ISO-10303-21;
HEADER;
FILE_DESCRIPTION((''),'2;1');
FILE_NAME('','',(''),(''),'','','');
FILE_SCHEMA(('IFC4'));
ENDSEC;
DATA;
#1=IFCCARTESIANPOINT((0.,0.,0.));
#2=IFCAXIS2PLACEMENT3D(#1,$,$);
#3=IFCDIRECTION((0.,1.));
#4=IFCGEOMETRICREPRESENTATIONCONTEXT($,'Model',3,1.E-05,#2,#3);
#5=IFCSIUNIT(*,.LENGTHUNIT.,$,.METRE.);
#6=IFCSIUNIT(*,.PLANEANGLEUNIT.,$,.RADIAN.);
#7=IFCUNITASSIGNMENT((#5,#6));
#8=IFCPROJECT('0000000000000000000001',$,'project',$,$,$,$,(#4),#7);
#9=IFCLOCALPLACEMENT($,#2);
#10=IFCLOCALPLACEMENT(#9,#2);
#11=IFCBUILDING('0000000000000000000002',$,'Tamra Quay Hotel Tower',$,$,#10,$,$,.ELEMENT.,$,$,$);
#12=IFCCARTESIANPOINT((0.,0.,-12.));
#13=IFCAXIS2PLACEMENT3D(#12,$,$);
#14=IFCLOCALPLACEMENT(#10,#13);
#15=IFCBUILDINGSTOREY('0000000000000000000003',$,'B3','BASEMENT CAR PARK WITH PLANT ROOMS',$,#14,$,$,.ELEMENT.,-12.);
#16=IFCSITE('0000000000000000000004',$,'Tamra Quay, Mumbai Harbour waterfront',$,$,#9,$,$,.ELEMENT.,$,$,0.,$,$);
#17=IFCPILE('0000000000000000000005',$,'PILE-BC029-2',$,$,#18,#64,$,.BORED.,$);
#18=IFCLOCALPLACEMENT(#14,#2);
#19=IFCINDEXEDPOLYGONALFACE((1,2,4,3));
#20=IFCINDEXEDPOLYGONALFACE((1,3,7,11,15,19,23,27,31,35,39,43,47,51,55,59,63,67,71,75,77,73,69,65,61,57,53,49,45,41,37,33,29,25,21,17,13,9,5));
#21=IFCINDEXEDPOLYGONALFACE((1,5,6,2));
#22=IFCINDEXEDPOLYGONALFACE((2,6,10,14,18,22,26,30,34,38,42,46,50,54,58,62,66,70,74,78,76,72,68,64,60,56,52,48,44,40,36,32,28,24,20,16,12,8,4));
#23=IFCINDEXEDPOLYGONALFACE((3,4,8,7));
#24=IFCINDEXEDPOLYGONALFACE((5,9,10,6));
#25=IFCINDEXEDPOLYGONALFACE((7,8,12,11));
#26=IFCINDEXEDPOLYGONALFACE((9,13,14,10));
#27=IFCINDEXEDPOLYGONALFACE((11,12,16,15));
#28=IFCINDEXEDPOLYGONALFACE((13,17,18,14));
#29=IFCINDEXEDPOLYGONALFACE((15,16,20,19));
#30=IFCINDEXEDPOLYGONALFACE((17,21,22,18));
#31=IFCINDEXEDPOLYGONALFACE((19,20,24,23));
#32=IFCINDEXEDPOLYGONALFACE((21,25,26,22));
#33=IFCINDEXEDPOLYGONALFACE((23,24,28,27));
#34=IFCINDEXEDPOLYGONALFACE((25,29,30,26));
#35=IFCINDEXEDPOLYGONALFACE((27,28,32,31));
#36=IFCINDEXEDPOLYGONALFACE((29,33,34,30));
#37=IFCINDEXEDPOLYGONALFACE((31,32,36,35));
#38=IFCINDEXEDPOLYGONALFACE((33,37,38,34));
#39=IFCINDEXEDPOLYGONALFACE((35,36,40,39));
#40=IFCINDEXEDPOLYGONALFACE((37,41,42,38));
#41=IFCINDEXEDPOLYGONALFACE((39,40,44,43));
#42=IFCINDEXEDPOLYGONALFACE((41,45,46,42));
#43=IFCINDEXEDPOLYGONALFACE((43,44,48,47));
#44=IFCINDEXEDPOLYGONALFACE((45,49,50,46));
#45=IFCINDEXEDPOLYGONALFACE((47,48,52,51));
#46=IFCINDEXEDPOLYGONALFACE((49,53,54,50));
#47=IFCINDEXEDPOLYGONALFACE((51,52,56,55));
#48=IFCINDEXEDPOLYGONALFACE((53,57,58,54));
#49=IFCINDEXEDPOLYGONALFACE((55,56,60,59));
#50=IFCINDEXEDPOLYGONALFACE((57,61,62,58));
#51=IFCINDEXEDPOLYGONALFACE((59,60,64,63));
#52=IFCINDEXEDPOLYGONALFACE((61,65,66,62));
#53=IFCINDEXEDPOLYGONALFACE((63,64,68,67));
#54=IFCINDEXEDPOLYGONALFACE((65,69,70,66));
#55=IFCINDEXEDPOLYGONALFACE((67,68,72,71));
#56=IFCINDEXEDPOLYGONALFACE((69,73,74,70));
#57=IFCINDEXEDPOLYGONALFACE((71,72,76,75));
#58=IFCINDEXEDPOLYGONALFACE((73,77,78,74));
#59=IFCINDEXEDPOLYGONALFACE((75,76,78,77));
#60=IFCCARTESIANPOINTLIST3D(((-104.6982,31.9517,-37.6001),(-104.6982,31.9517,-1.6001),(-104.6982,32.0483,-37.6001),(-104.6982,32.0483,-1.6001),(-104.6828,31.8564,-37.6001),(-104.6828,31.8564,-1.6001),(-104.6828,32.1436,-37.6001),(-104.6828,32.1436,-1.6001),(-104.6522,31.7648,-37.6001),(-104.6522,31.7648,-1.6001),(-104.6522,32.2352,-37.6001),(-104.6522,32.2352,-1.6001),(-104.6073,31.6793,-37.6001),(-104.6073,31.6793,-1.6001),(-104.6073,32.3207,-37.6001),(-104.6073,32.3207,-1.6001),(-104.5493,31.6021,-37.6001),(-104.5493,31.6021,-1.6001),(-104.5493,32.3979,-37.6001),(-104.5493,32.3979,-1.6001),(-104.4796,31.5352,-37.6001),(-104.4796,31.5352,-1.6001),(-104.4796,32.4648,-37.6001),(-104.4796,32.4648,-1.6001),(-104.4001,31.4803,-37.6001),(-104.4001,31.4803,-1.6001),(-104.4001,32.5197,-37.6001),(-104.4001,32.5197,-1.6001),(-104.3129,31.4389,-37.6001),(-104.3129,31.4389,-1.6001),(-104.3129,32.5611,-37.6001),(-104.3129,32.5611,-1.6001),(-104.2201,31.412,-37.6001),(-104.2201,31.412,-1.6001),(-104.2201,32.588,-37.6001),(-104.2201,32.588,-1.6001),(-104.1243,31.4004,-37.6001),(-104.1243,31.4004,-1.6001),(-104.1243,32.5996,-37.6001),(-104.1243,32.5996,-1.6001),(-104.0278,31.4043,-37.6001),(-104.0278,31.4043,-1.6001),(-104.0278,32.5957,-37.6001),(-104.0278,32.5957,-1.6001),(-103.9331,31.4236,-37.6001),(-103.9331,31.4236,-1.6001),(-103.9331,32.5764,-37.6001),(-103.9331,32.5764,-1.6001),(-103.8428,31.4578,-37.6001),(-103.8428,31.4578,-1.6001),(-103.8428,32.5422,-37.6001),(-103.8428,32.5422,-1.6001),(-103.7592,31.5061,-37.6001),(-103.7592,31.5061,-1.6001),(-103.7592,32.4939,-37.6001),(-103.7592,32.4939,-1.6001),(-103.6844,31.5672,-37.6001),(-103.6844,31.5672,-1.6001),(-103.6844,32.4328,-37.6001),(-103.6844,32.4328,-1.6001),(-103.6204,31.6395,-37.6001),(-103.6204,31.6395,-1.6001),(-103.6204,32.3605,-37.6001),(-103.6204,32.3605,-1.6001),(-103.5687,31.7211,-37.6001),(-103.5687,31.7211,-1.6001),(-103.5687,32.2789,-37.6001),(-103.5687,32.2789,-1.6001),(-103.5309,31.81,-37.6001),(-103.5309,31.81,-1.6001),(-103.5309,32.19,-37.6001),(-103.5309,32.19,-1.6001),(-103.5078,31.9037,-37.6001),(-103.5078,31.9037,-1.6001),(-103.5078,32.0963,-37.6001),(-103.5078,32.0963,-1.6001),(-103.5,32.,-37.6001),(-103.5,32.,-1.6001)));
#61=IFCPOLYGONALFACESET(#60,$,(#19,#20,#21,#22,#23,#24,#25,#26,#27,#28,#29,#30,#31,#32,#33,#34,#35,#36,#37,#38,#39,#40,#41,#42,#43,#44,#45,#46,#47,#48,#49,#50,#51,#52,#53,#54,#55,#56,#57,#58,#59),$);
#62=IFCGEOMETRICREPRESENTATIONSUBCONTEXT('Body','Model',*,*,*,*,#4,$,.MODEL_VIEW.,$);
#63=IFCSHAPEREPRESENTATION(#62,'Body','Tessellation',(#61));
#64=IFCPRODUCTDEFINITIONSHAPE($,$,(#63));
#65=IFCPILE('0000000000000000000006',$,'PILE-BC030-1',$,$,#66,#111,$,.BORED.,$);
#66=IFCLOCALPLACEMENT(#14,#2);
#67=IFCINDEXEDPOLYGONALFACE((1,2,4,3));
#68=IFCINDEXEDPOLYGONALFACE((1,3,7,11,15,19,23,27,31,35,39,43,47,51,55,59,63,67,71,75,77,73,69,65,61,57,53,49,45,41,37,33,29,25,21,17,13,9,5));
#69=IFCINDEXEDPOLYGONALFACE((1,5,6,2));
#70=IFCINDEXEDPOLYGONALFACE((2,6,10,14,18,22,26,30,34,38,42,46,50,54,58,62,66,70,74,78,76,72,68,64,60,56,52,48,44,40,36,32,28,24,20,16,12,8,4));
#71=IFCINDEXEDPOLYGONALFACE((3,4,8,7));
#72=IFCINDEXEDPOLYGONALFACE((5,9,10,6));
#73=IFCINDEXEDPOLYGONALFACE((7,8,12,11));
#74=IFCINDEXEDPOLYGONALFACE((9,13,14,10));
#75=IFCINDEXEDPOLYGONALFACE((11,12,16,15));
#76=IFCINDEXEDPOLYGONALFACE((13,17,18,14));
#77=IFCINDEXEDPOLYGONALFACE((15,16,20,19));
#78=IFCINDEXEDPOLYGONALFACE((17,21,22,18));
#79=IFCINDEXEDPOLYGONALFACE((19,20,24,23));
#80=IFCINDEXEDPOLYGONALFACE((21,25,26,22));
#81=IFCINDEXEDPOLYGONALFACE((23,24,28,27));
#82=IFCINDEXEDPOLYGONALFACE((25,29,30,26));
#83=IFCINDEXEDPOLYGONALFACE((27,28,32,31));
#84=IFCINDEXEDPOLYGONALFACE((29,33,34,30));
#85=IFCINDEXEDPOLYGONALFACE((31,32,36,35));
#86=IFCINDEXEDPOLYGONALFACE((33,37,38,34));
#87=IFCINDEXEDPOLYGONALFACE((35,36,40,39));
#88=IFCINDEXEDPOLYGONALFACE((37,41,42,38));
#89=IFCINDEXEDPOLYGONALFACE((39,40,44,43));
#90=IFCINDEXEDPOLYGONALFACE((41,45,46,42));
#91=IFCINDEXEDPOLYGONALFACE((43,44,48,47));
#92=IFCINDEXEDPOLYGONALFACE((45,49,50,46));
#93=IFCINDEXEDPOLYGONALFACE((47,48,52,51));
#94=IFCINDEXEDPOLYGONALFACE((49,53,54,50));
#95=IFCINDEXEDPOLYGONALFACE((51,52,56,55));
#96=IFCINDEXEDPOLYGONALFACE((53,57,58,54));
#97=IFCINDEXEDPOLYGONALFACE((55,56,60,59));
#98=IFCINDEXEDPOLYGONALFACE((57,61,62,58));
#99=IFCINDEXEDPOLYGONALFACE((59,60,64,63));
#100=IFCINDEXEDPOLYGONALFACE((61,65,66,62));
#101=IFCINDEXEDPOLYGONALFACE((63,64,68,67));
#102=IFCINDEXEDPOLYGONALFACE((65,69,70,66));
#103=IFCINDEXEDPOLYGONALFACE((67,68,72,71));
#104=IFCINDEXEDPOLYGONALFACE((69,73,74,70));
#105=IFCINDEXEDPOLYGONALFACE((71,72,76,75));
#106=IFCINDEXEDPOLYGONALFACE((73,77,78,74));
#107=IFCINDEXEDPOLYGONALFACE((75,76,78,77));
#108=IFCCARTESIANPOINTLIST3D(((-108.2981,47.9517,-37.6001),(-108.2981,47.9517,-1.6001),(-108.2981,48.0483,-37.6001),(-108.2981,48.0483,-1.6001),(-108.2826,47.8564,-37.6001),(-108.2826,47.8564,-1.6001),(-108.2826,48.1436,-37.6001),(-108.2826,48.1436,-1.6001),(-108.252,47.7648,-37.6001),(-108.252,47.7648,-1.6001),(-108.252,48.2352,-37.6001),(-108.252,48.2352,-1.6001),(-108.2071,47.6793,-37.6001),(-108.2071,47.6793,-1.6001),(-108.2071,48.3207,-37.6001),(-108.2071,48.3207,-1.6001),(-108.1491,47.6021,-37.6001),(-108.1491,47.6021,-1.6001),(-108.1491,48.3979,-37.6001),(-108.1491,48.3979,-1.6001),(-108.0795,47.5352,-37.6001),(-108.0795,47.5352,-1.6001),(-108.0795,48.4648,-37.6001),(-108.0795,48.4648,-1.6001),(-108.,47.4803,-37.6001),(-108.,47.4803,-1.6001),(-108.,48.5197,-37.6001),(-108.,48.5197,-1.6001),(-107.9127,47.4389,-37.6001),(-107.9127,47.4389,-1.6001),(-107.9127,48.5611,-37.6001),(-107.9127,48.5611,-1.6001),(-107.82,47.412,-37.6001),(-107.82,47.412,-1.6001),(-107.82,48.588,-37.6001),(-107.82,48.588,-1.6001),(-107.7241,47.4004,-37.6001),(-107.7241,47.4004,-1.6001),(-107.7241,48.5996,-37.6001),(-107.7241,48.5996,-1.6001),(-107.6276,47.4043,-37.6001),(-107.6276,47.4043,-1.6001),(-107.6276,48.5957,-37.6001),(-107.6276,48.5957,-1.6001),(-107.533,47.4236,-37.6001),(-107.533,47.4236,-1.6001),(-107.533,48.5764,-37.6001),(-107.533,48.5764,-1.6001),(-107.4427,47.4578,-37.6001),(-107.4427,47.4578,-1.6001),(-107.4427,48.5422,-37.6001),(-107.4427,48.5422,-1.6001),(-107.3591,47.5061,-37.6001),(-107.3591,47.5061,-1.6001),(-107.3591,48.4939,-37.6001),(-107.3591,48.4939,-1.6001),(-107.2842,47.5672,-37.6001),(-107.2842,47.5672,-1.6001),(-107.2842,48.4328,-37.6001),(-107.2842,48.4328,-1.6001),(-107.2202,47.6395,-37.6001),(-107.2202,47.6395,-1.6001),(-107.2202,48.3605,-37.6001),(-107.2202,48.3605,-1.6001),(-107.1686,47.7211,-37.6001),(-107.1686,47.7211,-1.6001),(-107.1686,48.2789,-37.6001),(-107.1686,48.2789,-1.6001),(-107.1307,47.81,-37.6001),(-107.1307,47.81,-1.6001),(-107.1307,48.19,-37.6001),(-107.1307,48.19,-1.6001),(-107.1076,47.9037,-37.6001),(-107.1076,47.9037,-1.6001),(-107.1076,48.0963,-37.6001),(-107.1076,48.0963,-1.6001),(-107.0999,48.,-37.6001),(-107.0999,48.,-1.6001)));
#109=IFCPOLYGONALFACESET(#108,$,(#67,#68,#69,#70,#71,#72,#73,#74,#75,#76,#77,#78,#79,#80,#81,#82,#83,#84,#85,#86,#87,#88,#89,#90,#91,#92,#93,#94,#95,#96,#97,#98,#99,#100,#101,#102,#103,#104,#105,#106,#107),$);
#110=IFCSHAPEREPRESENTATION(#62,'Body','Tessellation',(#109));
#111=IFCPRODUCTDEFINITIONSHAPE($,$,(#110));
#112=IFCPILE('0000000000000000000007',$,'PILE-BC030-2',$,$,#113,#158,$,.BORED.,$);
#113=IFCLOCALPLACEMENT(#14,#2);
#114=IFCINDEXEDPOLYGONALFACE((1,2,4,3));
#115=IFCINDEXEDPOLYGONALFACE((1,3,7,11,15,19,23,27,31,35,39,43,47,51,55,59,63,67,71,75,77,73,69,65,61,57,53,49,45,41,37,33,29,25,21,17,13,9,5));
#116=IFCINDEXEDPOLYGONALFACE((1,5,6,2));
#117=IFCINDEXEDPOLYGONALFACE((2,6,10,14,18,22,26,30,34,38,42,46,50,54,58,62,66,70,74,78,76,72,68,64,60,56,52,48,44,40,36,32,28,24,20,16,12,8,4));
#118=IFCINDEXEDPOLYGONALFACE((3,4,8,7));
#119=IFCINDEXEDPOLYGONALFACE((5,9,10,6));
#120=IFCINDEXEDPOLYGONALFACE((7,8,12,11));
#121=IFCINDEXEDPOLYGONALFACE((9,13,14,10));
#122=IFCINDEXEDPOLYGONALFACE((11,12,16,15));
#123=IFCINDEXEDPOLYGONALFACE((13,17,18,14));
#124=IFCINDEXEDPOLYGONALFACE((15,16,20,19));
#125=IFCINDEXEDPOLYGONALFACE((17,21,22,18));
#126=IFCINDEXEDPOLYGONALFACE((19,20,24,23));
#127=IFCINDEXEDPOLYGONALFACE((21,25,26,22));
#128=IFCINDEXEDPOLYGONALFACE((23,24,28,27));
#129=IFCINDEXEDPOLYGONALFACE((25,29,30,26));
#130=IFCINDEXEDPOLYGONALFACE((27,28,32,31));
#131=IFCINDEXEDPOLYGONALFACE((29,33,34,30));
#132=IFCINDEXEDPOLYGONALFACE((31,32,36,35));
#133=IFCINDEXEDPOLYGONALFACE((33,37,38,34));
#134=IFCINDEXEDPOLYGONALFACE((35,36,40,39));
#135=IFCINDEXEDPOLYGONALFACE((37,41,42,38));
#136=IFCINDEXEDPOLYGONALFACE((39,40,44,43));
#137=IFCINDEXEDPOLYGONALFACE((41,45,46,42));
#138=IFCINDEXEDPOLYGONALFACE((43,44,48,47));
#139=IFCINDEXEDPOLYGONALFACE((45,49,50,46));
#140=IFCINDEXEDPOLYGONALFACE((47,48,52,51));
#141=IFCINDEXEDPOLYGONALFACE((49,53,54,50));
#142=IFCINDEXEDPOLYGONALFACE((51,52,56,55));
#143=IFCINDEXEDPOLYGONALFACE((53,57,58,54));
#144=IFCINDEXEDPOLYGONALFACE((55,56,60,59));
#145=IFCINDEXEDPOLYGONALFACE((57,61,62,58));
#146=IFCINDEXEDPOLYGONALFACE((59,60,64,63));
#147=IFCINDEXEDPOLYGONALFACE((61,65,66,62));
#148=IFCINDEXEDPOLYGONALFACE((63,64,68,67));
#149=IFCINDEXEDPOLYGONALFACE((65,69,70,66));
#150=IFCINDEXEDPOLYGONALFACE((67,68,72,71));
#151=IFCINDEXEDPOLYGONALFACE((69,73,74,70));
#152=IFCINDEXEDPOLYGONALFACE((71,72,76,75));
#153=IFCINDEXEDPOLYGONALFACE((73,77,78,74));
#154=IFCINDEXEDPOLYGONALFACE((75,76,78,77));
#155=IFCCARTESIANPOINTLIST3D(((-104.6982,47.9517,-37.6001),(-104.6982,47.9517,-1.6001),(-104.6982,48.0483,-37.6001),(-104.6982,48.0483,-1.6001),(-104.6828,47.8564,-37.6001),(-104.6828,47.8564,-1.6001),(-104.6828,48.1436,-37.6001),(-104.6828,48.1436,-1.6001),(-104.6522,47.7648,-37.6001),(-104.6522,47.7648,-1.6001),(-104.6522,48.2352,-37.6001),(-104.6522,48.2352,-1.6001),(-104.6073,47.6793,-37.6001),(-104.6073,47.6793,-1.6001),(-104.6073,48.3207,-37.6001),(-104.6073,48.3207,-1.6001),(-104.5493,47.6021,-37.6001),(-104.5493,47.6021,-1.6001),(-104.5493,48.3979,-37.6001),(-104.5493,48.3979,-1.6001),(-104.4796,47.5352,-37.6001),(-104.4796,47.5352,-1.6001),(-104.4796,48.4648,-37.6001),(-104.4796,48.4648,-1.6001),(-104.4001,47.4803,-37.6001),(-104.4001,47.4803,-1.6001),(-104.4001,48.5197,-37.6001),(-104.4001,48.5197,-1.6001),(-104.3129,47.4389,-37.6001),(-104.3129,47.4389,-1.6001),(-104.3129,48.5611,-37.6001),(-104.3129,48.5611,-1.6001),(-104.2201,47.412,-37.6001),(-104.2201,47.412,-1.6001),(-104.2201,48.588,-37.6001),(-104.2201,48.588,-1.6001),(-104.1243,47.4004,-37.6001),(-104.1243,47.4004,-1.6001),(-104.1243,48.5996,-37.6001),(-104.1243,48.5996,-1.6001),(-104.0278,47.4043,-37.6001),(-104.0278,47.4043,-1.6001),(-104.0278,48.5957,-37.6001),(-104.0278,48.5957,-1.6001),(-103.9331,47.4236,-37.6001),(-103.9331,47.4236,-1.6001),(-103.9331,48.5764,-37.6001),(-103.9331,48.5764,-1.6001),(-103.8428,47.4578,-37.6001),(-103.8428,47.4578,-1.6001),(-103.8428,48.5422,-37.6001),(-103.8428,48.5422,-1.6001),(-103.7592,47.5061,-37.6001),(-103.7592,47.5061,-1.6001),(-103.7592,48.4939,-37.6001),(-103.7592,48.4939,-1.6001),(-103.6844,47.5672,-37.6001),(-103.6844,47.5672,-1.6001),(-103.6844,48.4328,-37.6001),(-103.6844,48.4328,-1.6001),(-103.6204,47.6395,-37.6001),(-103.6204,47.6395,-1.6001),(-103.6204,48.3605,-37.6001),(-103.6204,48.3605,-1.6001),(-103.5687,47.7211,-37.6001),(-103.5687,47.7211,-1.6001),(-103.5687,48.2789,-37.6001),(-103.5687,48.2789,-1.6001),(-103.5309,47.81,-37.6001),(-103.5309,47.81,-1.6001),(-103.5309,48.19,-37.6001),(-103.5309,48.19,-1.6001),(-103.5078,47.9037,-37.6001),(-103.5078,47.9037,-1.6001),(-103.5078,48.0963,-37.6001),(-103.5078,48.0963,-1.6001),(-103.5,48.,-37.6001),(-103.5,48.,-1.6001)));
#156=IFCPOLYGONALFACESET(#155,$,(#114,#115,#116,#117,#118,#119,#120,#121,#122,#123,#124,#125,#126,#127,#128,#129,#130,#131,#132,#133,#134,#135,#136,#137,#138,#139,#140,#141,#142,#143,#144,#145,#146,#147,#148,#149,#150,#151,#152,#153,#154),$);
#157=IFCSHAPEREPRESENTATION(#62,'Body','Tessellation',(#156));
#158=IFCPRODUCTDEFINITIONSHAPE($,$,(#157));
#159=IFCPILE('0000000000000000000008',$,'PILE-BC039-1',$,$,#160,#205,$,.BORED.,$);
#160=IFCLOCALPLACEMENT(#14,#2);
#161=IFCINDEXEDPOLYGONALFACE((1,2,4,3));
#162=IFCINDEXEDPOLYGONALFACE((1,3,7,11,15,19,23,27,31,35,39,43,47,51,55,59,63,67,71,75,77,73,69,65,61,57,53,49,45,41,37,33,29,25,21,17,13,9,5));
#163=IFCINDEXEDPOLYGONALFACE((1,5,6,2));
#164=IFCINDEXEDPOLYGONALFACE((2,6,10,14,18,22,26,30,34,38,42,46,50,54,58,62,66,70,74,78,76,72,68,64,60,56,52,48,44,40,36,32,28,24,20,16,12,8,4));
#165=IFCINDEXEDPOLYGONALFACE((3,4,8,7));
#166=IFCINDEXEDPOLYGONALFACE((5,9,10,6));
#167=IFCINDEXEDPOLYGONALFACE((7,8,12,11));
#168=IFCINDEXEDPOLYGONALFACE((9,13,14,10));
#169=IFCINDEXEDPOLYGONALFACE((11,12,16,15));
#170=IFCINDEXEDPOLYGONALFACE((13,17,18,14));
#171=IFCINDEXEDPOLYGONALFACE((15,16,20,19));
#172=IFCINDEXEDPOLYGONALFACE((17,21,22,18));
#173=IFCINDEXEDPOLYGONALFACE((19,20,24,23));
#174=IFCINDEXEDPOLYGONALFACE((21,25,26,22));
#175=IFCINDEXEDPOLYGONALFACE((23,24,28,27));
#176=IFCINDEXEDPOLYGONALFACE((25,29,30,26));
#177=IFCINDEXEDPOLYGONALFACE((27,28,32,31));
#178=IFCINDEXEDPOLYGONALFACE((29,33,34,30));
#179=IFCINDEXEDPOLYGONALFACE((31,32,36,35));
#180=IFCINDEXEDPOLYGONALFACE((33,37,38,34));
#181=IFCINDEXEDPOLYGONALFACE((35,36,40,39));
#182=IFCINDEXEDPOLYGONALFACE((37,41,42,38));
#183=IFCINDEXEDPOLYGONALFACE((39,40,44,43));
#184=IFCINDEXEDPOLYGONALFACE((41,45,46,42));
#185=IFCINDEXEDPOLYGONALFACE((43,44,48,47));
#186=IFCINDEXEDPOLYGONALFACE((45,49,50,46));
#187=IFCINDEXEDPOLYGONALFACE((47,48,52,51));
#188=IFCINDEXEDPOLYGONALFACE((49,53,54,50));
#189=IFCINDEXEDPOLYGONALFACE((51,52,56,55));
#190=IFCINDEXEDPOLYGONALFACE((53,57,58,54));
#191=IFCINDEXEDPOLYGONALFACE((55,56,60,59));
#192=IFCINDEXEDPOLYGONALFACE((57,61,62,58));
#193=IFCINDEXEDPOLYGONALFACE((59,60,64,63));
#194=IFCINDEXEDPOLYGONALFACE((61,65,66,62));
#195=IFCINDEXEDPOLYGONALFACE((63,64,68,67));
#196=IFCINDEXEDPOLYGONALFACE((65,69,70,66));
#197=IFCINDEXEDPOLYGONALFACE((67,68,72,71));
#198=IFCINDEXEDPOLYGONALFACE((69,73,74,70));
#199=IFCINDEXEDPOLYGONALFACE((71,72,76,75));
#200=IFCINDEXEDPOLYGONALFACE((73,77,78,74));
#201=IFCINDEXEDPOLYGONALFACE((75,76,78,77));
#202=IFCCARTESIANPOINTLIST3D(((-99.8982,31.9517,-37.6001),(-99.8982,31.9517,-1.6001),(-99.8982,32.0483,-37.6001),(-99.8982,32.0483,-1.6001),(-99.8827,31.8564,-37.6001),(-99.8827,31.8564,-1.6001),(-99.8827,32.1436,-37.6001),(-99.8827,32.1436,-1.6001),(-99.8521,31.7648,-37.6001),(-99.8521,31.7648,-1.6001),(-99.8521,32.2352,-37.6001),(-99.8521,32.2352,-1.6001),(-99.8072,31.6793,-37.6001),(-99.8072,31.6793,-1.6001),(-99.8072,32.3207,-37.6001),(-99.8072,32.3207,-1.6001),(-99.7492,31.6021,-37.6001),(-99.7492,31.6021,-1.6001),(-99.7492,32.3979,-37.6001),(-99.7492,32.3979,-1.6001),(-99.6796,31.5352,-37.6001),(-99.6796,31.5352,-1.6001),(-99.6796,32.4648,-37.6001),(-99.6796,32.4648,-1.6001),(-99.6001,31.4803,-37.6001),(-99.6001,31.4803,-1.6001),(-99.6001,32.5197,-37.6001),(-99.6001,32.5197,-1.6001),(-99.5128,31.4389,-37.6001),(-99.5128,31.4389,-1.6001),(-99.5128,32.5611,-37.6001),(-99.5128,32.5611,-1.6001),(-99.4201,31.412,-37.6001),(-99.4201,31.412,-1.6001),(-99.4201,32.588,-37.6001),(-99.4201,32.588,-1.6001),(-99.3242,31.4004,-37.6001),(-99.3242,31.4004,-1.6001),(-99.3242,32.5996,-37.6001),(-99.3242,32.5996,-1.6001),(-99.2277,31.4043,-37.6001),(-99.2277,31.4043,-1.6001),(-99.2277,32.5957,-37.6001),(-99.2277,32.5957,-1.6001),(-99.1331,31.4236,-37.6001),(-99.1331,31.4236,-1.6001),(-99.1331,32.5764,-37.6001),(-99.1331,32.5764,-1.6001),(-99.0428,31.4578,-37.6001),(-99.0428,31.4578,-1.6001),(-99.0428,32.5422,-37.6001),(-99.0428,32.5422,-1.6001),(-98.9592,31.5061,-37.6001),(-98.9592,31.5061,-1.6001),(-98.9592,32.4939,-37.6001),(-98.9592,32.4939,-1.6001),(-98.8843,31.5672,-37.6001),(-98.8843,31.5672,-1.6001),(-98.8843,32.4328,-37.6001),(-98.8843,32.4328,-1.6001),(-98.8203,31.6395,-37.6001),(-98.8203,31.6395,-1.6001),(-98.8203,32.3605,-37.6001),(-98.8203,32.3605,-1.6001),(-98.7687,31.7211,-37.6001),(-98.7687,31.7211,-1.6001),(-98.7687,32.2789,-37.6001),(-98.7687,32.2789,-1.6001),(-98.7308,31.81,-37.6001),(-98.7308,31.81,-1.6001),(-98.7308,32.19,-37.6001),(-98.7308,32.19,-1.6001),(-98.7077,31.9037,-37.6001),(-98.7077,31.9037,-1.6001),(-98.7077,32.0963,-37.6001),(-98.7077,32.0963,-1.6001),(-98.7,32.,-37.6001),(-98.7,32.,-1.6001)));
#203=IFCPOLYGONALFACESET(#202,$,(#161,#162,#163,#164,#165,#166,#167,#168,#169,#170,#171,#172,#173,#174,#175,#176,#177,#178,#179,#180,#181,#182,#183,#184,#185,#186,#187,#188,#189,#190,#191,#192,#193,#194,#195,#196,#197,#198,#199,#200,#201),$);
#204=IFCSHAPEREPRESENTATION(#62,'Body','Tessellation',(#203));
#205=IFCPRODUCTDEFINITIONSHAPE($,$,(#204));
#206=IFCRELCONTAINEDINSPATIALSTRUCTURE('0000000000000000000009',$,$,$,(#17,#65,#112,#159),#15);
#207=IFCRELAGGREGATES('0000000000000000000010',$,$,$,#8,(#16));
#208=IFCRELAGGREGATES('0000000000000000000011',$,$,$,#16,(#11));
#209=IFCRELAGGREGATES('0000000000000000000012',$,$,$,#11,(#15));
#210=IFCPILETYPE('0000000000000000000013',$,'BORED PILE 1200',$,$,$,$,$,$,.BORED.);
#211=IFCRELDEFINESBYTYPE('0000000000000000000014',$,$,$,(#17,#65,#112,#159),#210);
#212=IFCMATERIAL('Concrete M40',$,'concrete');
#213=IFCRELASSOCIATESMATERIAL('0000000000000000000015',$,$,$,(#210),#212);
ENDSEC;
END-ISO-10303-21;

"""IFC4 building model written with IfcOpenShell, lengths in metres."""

from ifc_helpers import new_model, si_unit, direction, frame, origin, origin_2d, place, context, subcontext, project, spatial, circle, extrude, material, material_profile, profile_set, type_object, element, save


model = new_model("IFC4")

# Units and contexts
model_context = context("Model", 3, precision=1e-05, world=origin(), true_north=direction((0.0, 1.0)))
body_context = subcontext(model_context, "Body", "Model", "MODEL_VIEW")
ifc_project = project(units=[si_unit("LENGTHUNIT", "METRE"), si_unit("PLANEANGLEUNIT", "RADIAN")], contexts=[model_context])

# Site, building, storey
site_placement = place(None, origin())
site = spatial("IfcSite", under=ifc_project, at=site_placement, Name="Tamra Quay, Mumbai Harbour waterfront", CompositionType="ELEMENT", RefElevation=0.0)
building_placement = place(site_placement, origin())
building = spatial("IfcBuilding", under=site, at=building_placement, Name="Tamra Quay Hotel Tower", CompositionType="ELEMENT")
storey_placement = place(building_placement, frame((0.0, 0.0, -12.0)))
storey = spatial("IfcBuildingStorey", under=building, at=storey_placement, Name="B3", Description="BASEMENT CAR PARK WITH PLANT ROOMS", CompositionType="ELEMENT", Elevation=-12.0)

# Piles
ifc_material_1 = material(Name="Concrete M40", Category="concrete")
ifc_material_profile_1 = material_profile(ifc_material_1, circle(Radius=0.6001, at=origin_2d()), Name="BORED PILE 1200")
ifc_profile_set_1 = profile_set([ifc_material_profile_1], Name="Concrete M40")
pile_type = type_object("IfcPileType", Name="BORED PILE 1200", PredefinedType="BORED", material=ifc_profile_set_1)
for number, where, z_axis, x_axis, name in (
    (1, (-104.1001, 32.0, -1.6001), (0.0, 0.0, -1.0), (1.0, 0.0, 0.0), "PILE-BC029-2"),
    (2, (-107.7, 48.0, -1.6001), (0.0, 0.0, -1.0), (1.0, 0.0, 0.0), "PILE-BC030-1"),
    (3, (-104.1001, 48.0, -1.6001), (0.0, 0.0, -1.0), (1.0, 0.0, 0.0), "PILE-BC030-2"),
    (4, (-99.3, 32.0, -1.6001), (0.0, 0.0, -1.0), (1.0, 0.0, 0.0), "PILE-BC039-1"),
):
    element("IfcPile", number, at=place(storey_placement, frame(where, z_axis=z_axis, x_axis=x_axis)), inside=storey, type_object=pile_type, Name=name, PredefinedType="BORED", context=body_context, shape_type="SweptSolid", body=[
        extrude(circle(Radius=0.6001, at=origin_2d()), origin(), (0.0, 0.0, 1.0), 36.0),
    ])

save(model, "model.ifc")
